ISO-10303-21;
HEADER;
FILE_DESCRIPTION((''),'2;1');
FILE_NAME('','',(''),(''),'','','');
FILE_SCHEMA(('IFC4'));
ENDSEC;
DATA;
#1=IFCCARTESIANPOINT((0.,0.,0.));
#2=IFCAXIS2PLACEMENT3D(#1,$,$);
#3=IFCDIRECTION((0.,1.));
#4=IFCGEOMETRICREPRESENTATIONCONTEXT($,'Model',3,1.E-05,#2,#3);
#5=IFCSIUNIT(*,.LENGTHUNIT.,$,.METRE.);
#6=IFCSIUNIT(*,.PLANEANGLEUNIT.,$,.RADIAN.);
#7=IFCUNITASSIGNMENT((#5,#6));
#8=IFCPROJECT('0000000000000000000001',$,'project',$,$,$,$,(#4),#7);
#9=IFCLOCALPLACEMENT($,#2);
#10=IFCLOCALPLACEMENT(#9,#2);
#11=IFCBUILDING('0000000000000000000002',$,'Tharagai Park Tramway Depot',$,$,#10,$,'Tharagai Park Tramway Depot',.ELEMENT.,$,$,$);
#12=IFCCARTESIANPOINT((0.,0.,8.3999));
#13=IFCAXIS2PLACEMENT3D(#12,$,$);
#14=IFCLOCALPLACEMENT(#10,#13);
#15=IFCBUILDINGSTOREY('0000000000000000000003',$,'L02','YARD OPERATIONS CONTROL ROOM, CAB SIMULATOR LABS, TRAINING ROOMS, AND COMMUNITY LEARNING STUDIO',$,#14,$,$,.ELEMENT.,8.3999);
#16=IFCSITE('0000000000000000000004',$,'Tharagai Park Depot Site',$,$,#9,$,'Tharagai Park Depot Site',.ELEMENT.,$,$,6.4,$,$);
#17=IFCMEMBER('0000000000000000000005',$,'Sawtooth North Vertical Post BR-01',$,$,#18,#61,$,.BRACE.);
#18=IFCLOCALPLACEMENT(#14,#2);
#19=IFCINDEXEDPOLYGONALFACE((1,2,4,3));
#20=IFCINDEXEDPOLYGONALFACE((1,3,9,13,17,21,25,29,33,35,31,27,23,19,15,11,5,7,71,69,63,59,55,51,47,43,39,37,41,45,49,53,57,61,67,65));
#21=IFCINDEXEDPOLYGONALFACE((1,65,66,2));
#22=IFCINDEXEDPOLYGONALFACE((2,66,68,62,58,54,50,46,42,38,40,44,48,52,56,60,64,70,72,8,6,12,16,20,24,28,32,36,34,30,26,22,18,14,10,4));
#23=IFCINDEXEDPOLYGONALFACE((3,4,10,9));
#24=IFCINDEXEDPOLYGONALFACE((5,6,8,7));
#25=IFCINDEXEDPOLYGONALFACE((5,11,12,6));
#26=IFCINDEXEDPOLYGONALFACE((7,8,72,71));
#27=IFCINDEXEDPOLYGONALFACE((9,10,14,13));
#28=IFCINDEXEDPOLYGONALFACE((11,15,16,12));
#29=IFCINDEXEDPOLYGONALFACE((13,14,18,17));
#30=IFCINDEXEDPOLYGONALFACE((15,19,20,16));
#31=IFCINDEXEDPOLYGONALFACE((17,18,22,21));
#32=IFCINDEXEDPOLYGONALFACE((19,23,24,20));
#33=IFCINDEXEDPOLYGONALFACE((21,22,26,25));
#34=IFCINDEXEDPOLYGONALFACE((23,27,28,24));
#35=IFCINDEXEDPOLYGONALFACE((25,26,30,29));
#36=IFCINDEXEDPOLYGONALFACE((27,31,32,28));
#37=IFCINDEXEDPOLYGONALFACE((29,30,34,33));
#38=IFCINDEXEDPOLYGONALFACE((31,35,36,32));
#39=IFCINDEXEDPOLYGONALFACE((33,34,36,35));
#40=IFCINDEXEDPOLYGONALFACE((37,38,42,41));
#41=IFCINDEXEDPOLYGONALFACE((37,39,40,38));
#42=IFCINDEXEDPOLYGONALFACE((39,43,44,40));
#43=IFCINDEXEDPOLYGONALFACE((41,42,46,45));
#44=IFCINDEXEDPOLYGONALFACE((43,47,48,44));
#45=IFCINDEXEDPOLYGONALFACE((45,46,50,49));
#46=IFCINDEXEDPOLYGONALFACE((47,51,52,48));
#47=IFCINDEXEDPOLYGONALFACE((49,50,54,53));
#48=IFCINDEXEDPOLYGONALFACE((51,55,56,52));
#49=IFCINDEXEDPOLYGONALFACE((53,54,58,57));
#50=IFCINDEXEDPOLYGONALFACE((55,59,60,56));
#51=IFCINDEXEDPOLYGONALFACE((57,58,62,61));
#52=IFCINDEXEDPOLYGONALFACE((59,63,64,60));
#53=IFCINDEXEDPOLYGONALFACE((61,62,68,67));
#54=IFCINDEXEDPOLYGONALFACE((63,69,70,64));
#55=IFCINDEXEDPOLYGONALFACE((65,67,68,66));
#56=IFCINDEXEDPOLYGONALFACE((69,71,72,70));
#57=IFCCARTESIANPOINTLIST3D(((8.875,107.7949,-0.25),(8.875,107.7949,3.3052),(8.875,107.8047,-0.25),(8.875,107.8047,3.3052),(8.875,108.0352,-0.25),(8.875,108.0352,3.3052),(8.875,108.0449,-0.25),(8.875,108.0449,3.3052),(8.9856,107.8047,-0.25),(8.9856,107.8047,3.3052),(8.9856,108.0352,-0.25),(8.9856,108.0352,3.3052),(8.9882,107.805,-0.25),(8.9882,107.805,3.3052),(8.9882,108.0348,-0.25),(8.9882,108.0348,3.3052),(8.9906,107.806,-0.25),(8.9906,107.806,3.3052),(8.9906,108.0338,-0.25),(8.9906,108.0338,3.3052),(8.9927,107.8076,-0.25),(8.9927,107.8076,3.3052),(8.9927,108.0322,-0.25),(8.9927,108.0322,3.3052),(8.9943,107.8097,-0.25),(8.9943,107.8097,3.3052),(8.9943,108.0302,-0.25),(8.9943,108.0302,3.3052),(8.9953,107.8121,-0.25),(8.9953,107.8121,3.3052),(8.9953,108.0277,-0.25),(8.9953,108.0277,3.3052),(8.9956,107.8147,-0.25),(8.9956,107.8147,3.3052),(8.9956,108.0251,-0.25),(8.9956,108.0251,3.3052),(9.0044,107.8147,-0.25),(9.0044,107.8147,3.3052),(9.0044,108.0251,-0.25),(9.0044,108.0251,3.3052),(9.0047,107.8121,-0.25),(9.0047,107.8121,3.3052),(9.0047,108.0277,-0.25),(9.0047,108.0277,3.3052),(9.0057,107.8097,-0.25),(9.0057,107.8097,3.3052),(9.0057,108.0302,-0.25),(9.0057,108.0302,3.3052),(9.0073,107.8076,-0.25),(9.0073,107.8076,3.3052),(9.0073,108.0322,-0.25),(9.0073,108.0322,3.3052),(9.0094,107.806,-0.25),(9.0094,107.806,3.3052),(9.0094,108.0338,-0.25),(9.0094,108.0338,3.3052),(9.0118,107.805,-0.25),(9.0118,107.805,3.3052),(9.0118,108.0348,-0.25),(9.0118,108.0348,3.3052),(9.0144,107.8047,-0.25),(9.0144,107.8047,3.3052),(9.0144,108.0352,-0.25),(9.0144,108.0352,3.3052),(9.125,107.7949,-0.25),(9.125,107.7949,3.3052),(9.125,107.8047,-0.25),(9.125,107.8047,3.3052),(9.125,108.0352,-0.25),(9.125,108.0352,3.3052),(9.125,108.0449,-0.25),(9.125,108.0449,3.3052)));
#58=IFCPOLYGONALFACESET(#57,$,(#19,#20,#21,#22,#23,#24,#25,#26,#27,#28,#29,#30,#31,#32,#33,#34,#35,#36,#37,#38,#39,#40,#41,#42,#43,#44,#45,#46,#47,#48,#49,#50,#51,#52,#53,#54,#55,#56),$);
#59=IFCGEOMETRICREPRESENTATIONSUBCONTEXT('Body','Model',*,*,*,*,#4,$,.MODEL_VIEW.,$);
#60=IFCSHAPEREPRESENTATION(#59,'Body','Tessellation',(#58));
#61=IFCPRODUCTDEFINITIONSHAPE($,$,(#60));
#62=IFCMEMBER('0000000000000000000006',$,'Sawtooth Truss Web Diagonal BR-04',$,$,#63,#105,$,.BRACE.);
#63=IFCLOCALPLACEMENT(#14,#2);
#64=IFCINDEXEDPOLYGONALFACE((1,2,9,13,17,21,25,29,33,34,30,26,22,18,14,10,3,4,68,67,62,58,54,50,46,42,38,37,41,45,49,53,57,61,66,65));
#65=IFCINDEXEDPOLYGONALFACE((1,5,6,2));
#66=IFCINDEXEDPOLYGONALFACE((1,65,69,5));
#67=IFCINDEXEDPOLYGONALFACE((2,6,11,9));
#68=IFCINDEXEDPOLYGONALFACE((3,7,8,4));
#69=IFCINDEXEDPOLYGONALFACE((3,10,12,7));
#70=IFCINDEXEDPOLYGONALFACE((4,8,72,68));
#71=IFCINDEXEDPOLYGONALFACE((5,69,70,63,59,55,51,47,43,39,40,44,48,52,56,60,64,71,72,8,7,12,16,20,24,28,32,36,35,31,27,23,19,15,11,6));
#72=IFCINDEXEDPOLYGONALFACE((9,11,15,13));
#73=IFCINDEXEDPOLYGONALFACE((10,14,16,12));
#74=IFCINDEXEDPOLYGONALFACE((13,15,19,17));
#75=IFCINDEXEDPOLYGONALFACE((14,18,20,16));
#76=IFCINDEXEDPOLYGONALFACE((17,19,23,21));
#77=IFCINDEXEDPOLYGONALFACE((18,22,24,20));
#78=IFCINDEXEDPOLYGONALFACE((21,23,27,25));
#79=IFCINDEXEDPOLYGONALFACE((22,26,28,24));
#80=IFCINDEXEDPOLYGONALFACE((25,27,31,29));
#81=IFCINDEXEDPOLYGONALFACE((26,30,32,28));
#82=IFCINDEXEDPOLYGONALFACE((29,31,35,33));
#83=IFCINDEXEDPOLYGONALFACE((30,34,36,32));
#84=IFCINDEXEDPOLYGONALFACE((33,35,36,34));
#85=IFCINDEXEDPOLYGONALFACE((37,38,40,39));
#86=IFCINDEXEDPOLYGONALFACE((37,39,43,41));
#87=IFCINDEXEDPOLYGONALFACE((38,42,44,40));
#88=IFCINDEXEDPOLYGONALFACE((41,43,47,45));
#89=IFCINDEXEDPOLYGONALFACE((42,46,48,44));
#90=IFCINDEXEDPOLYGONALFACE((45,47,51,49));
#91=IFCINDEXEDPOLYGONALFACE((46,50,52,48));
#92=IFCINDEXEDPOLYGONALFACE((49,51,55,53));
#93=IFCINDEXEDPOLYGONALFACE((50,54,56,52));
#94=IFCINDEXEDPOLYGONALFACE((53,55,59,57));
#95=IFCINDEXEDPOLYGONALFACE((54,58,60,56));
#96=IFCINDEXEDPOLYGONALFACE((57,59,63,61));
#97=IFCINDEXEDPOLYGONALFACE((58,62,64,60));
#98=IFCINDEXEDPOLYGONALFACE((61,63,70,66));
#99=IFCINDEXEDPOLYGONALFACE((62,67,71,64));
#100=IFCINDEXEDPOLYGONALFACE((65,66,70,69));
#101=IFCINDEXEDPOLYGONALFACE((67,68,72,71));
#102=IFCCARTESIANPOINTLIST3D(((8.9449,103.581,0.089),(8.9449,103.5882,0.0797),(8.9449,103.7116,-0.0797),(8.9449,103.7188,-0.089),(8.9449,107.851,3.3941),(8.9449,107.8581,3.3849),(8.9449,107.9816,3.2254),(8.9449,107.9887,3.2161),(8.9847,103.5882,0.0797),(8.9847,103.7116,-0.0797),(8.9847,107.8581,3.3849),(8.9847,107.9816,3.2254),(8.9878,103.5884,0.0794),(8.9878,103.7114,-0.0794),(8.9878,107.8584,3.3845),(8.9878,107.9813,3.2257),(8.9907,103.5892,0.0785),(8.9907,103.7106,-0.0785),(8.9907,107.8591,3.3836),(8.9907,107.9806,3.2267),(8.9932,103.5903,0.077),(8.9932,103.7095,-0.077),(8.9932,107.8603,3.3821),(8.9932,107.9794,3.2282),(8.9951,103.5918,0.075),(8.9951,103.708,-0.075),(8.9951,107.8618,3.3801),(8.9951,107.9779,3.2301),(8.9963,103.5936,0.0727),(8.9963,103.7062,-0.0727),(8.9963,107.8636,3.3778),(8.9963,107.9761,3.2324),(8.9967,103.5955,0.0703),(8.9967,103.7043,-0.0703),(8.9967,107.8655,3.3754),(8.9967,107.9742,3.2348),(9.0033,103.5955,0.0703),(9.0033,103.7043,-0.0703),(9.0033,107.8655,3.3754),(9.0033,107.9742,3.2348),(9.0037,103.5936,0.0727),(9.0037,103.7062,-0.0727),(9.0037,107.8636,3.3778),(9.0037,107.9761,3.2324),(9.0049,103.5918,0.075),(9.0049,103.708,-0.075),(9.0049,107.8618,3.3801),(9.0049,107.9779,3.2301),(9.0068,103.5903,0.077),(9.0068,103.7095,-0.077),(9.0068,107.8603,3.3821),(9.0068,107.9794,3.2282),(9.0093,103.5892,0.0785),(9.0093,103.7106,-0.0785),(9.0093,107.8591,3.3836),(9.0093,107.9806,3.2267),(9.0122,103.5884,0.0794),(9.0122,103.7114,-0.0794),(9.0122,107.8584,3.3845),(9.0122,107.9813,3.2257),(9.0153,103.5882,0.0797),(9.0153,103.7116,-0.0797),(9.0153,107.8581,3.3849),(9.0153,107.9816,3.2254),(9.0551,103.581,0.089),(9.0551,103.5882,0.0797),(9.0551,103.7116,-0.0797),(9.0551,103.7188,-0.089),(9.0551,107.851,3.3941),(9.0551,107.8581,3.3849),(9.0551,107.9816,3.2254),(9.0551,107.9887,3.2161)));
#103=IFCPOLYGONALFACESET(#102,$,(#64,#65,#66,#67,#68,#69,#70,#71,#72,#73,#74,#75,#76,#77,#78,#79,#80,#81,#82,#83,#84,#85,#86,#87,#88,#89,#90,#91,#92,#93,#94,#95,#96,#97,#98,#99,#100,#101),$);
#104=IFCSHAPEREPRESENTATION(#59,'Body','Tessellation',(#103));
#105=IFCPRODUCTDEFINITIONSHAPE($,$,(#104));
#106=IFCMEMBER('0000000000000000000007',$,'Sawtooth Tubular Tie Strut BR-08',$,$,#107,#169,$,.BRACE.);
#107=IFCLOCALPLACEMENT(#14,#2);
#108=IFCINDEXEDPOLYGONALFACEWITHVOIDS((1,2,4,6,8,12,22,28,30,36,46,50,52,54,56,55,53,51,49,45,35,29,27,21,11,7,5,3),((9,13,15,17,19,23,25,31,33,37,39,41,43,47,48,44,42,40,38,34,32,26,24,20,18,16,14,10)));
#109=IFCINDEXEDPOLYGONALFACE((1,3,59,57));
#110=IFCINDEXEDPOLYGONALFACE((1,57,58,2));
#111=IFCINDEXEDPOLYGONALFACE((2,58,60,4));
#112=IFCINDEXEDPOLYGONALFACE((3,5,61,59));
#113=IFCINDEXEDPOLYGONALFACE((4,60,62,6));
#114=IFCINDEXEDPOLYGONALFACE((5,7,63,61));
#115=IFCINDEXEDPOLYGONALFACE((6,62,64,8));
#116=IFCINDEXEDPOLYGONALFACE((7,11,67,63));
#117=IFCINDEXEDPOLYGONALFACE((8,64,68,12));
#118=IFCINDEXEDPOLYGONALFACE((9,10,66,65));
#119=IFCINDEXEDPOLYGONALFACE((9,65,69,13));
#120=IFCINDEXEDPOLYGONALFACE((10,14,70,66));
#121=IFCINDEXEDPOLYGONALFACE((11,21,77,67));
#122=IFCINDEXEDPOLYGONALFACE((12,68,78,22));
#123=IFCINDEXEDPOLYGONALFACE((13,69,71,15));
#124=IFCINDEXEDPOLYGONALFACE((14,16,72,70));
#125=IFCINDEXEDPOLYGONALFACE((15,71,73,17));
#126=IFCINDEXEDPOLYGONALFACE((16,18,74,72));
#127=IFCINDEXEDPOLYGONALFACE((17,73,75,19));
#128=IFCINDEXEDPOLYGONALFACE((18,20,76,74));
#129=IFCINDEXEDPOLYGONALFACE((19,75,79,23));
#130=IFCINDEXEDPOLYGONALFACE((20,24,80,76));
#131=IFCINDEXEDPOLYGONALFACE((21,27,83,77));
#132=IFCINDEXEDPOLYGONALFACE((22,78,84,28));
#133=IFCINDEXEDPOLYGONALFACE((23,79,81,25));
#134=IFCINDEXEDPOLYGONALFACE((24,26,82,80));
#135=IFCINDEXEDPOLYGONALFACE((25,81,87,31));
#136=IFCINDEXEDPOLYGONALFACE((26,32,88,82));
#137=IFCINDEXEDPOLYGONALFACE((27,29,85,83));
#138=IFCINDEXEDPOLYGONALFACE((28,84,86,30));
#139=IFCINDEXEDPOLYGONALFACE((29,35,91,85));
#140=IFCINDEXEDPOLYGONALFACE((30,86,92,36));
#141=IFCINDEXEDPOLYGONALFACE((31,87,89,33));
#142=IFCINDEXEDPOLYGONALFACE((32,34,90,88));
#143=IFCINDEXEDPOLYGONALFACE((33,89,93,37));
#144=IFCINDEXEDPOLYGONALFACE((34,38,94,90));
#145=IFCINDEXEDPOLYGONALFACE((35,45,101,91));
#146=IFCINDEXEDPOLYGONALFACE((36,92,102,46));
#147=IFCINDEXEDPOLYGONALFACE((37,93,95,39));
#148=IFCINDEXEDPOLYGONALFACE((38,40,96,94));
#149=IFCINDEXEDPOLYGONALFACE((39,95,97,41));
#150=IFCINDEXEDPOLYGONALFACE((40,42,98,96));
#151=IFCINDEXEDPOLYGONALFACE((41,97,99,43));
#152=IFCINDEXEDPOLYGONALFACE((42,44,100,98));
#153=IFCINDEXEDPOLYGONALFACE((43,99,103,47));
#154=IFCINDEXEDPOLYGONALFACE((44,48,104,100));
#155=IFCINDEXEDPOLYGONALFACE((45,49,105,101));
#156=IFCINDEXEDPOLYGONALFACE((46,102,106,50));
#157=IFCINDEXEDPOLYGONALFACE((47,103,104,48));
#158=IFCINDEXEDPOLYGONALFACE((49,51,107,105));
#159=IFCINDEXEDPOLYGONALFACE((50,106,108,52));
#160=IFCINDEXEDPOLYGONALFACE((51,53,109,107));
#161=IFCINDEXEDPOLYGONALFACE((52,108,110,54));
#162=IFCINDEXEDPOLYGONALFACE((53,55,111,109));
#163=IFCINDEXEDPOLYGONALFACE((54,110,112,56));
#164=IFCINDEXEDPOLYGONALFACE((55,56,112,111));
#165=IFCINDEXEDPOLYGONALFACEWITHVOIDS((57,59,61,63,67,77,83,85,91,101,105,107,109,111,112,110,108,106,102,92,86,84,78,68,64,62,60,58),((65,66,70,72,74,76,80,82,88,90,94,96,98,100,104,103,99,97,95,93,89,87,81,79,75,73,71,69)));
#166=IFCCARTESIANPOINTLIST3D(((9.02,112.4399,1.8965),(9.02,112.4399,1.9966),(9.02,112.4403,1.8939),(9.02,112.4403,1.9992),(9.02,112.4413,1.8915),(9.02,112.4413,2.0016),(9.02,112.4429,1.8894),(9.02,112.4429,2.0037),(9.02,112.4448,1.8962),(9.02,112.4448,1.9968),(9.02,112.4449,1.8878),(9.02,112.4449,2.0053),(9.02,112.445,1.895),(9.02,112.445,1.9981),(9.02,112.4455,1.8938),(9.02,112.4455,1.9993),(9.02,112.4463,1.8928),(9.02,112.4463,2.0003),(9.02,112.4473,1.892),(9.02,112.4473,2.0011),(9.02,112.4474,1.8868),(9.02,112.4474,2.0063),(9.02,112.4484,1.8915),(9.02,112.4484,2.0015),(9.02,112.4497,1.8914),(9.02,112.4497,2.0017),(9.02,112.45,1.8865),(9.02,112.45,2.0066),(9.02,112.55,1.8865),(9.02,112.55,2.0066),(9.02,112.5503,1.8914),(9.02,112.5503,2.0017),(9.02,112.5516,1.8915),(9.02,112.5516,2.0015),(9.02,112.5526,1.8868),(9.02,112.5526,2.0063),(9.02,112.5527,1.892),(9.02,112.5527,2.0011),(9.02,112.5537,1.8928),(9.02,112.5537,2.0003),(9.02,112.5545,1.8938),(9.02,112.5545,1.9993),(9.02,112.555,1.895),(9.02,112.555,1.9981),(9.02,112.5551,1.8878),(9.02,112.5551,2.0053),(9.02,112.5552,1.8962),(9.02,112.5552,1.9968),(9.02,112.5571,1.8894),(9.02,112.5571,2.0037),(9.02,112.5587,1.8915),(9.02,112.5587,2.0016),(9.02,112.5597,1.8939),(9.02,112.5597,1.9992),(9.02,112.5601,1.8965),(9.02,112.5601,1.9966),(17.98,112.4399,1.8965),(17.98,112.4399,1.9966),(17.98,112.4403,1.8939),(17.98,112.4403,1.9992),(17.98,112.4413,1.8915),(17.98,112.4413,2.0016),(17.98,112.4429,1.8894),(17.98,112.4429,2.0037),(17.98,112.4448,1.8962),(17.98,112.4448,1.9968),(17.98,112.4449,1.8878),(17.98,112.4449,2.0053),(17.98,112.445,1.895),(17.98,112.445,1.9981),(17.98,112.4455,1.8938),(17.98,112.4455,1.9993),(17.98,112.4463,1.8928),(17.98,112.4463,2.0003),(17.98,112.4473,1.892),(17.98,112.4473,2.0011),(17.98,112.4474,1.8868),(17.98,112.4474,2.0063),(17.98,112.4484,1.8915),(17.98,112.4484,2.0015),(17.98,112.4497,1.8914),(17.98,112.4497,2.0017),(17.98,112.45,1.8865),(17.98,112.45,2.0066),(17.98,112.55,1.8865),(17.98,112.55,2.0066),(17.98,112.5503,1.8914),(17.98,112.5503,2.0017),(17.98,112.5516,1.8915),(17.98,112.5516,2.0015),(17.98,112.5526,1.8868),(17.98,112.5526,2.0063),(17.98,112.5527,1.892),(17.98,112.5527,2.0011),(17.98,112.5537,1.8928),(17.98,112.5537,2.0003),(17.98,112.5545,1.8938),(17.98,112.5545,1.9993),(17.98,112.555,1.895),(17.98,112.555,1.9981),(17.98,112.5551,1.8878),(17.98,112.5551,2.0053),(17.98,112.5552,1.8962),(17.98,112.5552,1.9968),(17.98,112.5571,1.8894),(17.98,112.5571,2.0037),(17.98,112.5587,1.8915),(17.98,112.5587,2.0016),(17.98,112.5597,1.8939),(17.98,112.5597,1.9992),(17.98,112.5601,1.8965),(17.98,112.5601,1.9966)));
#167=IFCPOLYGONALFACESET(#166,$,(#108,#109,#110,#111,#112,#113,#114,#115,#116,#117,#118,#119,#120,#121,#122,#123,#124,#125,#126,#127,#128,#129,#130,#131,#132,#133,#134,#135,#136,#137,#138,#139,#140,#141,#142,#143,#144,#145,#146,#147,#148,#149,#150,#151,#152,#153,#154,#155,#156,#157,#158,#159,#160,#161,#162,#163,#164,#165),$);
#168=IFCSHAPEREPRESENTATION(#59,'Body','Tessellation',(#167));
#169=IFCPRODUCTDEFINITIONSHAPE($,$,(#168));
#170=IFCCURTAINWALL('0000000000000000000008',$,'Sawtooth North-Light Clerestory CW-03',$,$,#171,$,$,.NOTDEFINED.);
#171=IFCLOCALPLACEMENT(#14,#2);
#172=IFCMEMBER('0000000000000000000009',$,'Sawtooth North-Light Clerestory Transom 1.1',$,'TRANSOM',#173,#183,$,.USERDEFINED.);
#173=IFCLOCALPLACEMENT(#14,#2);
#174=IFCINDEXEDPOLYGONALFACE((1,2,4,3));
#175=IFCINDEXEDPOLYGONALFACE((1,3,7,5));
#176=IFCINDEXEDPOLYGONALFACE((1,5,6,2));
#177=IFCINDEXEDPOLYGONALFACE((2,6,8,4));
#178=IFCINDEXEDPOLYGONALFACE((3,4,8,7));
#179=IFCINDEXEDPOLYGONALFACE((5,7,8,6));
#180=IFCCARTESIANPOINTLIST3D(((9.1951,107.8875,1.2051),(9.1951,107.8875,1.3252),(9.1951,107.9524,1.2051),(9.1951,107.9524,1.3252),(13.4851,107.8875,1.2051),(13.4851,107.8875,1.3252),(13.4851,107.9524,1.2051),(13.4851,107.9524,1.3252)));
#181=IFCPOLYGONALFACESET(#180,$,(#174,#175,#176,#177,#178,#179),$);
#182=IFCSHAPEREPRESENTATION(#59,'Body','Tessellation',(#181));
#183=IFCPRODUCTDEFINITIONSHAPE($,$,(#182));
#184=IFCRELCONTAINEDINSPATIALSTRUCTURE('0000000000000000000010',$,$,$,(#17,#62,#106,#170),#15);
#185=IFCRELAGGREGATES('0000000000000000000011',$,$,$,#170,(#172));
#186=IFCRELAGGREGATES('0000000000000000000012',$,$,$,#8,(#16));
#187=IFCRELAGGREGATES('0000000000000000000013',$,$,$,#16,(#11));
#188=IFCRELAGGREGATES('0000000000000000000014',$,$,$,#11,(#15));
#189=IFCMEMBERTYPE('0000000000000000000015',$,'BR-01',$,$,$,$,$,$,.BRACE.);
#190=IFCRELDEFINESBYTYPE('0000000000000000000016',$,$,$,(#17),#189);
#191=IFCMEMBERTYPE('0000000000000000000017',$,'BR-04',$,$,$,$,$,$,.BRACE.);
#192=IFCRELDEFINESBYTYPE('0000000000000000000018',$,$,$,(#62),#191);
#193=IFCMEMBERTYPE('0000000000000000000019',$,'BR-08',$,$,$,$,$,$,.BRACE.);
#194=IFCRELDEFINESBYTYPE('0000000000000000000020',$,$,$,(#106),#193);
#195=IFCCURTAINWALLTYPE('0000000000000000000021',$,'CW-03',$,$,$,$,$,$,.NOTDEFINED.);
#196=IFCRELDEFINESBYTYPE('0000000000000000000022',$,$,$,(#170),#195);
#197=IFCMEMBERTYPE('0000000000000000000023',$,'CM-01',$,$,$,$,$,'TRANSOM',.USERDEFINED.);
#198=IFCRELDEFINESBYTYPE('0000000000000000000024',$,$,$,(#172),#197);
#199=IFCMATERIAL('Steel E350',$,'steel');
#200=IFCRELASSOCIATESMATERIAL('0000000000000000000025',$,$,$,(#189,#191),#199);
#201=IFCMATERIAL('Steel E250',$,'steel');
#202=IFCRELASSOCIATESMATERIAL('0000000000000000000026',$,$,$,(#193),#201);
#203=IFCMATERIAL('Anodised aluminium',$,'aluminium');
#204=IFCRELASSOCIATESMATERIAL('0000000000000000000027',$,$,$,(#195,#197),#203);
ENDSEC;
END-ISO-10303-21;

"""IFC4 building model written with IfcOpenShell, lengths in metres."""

from ifc_helpers import new_model, si_unit, direction, frame, origin, origin_2d, place, context, subcontext, project, spatial, rectangle, hollow_rectangle, i_section, extrude, material, material_profile, profile_set, type_object, element, aggregate, save


model = new_model("IFC4")

# Units and contexts
model_context = context("Model", 3, precision=1e-05, world=origin(), true_north=direction((0.0, 1.0)))
body_context = subcontext(model_context, "Body", "Model", "MODEL_VIEW")
ifc_project = project(units=[si_unit("LENGTHUNIT", "METRE"), si_unit("PLANEANGLEUNIT", "RADIAN")], contexts=[model_context])

# Site, building, storey
site_placement = place(None, origin())
site = spatial("IfcSite", under=ifc_project, at=site_placement, Name="Tharagai Park Depot Site", LongName="Tharagai Park Depot Site", CompositionType="ELEMENT", RefElevation=6.4)
building_placement = place(site_placement, origin())
building = spatial("IfcBuilding", under=site, at=building_placement, Name="Tharagai Park Tramway Depot", LongName="Tharagai Park Tramway Depot", CompositionType="ELEMENT")
storey_placement = place(building_placement, frame((0.0, 0.0, 8.3999)))
storey = spatial("IfcBuildingStorey", under=building, at=storey_placement, Name="L02", Description="YARD OPERATIONS CONTROL ROOM, CAB SIMULATOR LABS, TRAINING ROOMS, AND COMMUNITY LEARNING STUDIO", CompositionType="ELEMENT", Elevation=8.3999)

# Members
ifc_material_1 = material(Name="Steel E350", Category="steel")
ifc_material_profile_1 = material_profile(ifc_material_1, i_section(OverallWidth=0.25, OverallDepth=0.25, WebThickness=0.0088, FlangeThickness=0.0098, FilletRadius=0.01, at=origin_2d()), Name="ISHB 250")
ifc_profile_set_1 = profile_set([ifc_material_profile_1], Name="Steel E350")
member_type_1 = type_object("IfcMemberType", Name="BR-01", PredefinedType="BRACE", material=ifc_profile_set_1)
member_1_placement = place(storey_placement, frame((9.0, 107.9199, -0.25), z_axis=(0.0, 0.0, 1.0), x_axis=(1.0, 0.0, 0.0)))
element("IfcMember", 1, at=member_1_placement, inside=storey, type_object=member_type_1, Name="Sawtooth North Vertical Post BR-01", PredefinedType="BRACE", context=body_context, shape_type="SweptSolid", body=[
    extrude(i_section(OverallWidth=0.25, OverallDepth=0.25, WebThickness=0.0088, FlangeThickness=0.0098, FilletRadius=0.01, at=origin_2d()), origin(), (0.0, 0.0, 1.0), 3.5552),
])
ifc_material_profile_2 = material_profile(ifc_material_1, i_section(OverallWidth=0.1101, OverallDepth=0.2251, WebThickness=0.0066, FlangeThickness=0.0117, FilletRadius=0.012, at=origin_2d()), Name="ISMB 225")
ifc_profile_set_2 = profile_set([ifc_material_profile_2], Name="Steel E350")
member_type_2 = type_object("IfcMemberType", Name="BR-04", PredefinedType="BRACE", material=ifc_profile_set_2)
member_2_placement = place(storey_placement, frame((9.0, 103.6499, 0.0), z_axis=(0.0, 0.790782, 0.612098), x_axis=(-1.0, 0.0, 0.0)))
element("IfcMember", 2, at=member_2_placement, inside=storey, type_object=member_type_2, Name="Sawtooth Truss Web Diagonal BR-04", PredefinedType="BRACE", context=body_context, shape_type="SweptSolid", body=[
    extrude(i_section(OverallWidth=0.1101, OverallDepth=0.2251, WebThickness=0.0066, FlangeThickness=0.0117, FilletRadius=0.012, at=origin_2d()), origin(), (0.0, 0.0, 1.0), 5.3997),
])
ifc_material_2 = material(Name="Steel E250", Category="steel")
ifc_material_profile_3 = material_profile(ifc_material_2, hollow_rectangle(XDim=0.1201, YDim=0.1201, WallThickness=0.0049, InnerFilletRadius=0.0049, OuterFilletRadius=0.01, at=origin_2d()), Name="SHS 120x120x5")
ifc_profile_set_3 = profile_set([ifc_material_profile_3], Name="Steel E250")
member_type_3 = type_object("IfcMemberType", Name="BR-08", PredefinedType="BRACE", material=ifc_profile_set_3)
member_3_placement = place(storey_placement, frame((9.02, 112.5, 1.9465), z_axis=(1.0, 0.0, 0.0), x_axis=(0.0, 1.0, 0.0)))
element("IfcMember", 3, at=member_3_placement, inside=storey, type_object=member_type_3, Name="Sawtooth Tubular Tie Strut BR-08", PredefinedType="BRACE", context=body_context, shape_type="SweptSolid", body=[
    extrude(hollow_rectangle(XDim=0.1201, YDim=0.1201, WallThickness=0.0049, InnerFilletRadius=0.0049, OuterFilletRadius=0.01, at=origin_2d()), origin(), (0.0, 0.0, 1.0), 8.96),
])

# Curtain wall, member
ifc_material_3 = material(Name="Anodised aluminium", Category="aluminium")
curtain_wall_type = type_object("IfcCurtainWallType", Name="CW-03", PredefinedType="NOTDEFINED", material=ifc_material_3)
curtain_wall_1_placement = place(storey_placement, origin())
curtain_wall_1 = element("IfcCurtainWall", 4, at=curtain_wall_1_placement, inside=storey, type_object=curtain_wall_type, Name="Sawtooth North-Light Clerestory CW-03", PredefinedType="NOTDEFINED")
ifc_material_profile_4 = material_profile(ifc_material_3, rectangle(XDim=0.0649, YDim=0.1201, at=origin_2d()), Name="ALU 65x120")
ifc_profile_set_4 = profile_set([ifc_material_profile_4], Name="Anodised aluminium")
member_type_4 = type_object("IfcMemberType", Name="CM-01", ElementType="TRANSOM", PredefinedType="USERDEFINED", material=ifc_profile_set_4)
member_4_placement = place(storey_placement, frame((9.1951, 107.9199, 1.2651), z_axis=(1.0, 0.0, 0.0), x_axis=(0.0, 1.0, 0.0)))
member_4 = element("IfcMember", 5, at=member_4_placement, type_object=member_type_4, Name="Sawtooth North-Light Clerestory Transom 1.1", ObjectType="TRANSOM", PredefinedType="USERDEFINED", context=body_context, shape_type="SweptSolid", body=[
    extrude(rectangle(XDim=0.0649, YDim=0.1201, at=origin_2d()), origin(), (0.0, 0.0, 1.0), 4.29),
])

aggregate(curtain_wall_1, [member_4])

save(model, "model.ifc")
